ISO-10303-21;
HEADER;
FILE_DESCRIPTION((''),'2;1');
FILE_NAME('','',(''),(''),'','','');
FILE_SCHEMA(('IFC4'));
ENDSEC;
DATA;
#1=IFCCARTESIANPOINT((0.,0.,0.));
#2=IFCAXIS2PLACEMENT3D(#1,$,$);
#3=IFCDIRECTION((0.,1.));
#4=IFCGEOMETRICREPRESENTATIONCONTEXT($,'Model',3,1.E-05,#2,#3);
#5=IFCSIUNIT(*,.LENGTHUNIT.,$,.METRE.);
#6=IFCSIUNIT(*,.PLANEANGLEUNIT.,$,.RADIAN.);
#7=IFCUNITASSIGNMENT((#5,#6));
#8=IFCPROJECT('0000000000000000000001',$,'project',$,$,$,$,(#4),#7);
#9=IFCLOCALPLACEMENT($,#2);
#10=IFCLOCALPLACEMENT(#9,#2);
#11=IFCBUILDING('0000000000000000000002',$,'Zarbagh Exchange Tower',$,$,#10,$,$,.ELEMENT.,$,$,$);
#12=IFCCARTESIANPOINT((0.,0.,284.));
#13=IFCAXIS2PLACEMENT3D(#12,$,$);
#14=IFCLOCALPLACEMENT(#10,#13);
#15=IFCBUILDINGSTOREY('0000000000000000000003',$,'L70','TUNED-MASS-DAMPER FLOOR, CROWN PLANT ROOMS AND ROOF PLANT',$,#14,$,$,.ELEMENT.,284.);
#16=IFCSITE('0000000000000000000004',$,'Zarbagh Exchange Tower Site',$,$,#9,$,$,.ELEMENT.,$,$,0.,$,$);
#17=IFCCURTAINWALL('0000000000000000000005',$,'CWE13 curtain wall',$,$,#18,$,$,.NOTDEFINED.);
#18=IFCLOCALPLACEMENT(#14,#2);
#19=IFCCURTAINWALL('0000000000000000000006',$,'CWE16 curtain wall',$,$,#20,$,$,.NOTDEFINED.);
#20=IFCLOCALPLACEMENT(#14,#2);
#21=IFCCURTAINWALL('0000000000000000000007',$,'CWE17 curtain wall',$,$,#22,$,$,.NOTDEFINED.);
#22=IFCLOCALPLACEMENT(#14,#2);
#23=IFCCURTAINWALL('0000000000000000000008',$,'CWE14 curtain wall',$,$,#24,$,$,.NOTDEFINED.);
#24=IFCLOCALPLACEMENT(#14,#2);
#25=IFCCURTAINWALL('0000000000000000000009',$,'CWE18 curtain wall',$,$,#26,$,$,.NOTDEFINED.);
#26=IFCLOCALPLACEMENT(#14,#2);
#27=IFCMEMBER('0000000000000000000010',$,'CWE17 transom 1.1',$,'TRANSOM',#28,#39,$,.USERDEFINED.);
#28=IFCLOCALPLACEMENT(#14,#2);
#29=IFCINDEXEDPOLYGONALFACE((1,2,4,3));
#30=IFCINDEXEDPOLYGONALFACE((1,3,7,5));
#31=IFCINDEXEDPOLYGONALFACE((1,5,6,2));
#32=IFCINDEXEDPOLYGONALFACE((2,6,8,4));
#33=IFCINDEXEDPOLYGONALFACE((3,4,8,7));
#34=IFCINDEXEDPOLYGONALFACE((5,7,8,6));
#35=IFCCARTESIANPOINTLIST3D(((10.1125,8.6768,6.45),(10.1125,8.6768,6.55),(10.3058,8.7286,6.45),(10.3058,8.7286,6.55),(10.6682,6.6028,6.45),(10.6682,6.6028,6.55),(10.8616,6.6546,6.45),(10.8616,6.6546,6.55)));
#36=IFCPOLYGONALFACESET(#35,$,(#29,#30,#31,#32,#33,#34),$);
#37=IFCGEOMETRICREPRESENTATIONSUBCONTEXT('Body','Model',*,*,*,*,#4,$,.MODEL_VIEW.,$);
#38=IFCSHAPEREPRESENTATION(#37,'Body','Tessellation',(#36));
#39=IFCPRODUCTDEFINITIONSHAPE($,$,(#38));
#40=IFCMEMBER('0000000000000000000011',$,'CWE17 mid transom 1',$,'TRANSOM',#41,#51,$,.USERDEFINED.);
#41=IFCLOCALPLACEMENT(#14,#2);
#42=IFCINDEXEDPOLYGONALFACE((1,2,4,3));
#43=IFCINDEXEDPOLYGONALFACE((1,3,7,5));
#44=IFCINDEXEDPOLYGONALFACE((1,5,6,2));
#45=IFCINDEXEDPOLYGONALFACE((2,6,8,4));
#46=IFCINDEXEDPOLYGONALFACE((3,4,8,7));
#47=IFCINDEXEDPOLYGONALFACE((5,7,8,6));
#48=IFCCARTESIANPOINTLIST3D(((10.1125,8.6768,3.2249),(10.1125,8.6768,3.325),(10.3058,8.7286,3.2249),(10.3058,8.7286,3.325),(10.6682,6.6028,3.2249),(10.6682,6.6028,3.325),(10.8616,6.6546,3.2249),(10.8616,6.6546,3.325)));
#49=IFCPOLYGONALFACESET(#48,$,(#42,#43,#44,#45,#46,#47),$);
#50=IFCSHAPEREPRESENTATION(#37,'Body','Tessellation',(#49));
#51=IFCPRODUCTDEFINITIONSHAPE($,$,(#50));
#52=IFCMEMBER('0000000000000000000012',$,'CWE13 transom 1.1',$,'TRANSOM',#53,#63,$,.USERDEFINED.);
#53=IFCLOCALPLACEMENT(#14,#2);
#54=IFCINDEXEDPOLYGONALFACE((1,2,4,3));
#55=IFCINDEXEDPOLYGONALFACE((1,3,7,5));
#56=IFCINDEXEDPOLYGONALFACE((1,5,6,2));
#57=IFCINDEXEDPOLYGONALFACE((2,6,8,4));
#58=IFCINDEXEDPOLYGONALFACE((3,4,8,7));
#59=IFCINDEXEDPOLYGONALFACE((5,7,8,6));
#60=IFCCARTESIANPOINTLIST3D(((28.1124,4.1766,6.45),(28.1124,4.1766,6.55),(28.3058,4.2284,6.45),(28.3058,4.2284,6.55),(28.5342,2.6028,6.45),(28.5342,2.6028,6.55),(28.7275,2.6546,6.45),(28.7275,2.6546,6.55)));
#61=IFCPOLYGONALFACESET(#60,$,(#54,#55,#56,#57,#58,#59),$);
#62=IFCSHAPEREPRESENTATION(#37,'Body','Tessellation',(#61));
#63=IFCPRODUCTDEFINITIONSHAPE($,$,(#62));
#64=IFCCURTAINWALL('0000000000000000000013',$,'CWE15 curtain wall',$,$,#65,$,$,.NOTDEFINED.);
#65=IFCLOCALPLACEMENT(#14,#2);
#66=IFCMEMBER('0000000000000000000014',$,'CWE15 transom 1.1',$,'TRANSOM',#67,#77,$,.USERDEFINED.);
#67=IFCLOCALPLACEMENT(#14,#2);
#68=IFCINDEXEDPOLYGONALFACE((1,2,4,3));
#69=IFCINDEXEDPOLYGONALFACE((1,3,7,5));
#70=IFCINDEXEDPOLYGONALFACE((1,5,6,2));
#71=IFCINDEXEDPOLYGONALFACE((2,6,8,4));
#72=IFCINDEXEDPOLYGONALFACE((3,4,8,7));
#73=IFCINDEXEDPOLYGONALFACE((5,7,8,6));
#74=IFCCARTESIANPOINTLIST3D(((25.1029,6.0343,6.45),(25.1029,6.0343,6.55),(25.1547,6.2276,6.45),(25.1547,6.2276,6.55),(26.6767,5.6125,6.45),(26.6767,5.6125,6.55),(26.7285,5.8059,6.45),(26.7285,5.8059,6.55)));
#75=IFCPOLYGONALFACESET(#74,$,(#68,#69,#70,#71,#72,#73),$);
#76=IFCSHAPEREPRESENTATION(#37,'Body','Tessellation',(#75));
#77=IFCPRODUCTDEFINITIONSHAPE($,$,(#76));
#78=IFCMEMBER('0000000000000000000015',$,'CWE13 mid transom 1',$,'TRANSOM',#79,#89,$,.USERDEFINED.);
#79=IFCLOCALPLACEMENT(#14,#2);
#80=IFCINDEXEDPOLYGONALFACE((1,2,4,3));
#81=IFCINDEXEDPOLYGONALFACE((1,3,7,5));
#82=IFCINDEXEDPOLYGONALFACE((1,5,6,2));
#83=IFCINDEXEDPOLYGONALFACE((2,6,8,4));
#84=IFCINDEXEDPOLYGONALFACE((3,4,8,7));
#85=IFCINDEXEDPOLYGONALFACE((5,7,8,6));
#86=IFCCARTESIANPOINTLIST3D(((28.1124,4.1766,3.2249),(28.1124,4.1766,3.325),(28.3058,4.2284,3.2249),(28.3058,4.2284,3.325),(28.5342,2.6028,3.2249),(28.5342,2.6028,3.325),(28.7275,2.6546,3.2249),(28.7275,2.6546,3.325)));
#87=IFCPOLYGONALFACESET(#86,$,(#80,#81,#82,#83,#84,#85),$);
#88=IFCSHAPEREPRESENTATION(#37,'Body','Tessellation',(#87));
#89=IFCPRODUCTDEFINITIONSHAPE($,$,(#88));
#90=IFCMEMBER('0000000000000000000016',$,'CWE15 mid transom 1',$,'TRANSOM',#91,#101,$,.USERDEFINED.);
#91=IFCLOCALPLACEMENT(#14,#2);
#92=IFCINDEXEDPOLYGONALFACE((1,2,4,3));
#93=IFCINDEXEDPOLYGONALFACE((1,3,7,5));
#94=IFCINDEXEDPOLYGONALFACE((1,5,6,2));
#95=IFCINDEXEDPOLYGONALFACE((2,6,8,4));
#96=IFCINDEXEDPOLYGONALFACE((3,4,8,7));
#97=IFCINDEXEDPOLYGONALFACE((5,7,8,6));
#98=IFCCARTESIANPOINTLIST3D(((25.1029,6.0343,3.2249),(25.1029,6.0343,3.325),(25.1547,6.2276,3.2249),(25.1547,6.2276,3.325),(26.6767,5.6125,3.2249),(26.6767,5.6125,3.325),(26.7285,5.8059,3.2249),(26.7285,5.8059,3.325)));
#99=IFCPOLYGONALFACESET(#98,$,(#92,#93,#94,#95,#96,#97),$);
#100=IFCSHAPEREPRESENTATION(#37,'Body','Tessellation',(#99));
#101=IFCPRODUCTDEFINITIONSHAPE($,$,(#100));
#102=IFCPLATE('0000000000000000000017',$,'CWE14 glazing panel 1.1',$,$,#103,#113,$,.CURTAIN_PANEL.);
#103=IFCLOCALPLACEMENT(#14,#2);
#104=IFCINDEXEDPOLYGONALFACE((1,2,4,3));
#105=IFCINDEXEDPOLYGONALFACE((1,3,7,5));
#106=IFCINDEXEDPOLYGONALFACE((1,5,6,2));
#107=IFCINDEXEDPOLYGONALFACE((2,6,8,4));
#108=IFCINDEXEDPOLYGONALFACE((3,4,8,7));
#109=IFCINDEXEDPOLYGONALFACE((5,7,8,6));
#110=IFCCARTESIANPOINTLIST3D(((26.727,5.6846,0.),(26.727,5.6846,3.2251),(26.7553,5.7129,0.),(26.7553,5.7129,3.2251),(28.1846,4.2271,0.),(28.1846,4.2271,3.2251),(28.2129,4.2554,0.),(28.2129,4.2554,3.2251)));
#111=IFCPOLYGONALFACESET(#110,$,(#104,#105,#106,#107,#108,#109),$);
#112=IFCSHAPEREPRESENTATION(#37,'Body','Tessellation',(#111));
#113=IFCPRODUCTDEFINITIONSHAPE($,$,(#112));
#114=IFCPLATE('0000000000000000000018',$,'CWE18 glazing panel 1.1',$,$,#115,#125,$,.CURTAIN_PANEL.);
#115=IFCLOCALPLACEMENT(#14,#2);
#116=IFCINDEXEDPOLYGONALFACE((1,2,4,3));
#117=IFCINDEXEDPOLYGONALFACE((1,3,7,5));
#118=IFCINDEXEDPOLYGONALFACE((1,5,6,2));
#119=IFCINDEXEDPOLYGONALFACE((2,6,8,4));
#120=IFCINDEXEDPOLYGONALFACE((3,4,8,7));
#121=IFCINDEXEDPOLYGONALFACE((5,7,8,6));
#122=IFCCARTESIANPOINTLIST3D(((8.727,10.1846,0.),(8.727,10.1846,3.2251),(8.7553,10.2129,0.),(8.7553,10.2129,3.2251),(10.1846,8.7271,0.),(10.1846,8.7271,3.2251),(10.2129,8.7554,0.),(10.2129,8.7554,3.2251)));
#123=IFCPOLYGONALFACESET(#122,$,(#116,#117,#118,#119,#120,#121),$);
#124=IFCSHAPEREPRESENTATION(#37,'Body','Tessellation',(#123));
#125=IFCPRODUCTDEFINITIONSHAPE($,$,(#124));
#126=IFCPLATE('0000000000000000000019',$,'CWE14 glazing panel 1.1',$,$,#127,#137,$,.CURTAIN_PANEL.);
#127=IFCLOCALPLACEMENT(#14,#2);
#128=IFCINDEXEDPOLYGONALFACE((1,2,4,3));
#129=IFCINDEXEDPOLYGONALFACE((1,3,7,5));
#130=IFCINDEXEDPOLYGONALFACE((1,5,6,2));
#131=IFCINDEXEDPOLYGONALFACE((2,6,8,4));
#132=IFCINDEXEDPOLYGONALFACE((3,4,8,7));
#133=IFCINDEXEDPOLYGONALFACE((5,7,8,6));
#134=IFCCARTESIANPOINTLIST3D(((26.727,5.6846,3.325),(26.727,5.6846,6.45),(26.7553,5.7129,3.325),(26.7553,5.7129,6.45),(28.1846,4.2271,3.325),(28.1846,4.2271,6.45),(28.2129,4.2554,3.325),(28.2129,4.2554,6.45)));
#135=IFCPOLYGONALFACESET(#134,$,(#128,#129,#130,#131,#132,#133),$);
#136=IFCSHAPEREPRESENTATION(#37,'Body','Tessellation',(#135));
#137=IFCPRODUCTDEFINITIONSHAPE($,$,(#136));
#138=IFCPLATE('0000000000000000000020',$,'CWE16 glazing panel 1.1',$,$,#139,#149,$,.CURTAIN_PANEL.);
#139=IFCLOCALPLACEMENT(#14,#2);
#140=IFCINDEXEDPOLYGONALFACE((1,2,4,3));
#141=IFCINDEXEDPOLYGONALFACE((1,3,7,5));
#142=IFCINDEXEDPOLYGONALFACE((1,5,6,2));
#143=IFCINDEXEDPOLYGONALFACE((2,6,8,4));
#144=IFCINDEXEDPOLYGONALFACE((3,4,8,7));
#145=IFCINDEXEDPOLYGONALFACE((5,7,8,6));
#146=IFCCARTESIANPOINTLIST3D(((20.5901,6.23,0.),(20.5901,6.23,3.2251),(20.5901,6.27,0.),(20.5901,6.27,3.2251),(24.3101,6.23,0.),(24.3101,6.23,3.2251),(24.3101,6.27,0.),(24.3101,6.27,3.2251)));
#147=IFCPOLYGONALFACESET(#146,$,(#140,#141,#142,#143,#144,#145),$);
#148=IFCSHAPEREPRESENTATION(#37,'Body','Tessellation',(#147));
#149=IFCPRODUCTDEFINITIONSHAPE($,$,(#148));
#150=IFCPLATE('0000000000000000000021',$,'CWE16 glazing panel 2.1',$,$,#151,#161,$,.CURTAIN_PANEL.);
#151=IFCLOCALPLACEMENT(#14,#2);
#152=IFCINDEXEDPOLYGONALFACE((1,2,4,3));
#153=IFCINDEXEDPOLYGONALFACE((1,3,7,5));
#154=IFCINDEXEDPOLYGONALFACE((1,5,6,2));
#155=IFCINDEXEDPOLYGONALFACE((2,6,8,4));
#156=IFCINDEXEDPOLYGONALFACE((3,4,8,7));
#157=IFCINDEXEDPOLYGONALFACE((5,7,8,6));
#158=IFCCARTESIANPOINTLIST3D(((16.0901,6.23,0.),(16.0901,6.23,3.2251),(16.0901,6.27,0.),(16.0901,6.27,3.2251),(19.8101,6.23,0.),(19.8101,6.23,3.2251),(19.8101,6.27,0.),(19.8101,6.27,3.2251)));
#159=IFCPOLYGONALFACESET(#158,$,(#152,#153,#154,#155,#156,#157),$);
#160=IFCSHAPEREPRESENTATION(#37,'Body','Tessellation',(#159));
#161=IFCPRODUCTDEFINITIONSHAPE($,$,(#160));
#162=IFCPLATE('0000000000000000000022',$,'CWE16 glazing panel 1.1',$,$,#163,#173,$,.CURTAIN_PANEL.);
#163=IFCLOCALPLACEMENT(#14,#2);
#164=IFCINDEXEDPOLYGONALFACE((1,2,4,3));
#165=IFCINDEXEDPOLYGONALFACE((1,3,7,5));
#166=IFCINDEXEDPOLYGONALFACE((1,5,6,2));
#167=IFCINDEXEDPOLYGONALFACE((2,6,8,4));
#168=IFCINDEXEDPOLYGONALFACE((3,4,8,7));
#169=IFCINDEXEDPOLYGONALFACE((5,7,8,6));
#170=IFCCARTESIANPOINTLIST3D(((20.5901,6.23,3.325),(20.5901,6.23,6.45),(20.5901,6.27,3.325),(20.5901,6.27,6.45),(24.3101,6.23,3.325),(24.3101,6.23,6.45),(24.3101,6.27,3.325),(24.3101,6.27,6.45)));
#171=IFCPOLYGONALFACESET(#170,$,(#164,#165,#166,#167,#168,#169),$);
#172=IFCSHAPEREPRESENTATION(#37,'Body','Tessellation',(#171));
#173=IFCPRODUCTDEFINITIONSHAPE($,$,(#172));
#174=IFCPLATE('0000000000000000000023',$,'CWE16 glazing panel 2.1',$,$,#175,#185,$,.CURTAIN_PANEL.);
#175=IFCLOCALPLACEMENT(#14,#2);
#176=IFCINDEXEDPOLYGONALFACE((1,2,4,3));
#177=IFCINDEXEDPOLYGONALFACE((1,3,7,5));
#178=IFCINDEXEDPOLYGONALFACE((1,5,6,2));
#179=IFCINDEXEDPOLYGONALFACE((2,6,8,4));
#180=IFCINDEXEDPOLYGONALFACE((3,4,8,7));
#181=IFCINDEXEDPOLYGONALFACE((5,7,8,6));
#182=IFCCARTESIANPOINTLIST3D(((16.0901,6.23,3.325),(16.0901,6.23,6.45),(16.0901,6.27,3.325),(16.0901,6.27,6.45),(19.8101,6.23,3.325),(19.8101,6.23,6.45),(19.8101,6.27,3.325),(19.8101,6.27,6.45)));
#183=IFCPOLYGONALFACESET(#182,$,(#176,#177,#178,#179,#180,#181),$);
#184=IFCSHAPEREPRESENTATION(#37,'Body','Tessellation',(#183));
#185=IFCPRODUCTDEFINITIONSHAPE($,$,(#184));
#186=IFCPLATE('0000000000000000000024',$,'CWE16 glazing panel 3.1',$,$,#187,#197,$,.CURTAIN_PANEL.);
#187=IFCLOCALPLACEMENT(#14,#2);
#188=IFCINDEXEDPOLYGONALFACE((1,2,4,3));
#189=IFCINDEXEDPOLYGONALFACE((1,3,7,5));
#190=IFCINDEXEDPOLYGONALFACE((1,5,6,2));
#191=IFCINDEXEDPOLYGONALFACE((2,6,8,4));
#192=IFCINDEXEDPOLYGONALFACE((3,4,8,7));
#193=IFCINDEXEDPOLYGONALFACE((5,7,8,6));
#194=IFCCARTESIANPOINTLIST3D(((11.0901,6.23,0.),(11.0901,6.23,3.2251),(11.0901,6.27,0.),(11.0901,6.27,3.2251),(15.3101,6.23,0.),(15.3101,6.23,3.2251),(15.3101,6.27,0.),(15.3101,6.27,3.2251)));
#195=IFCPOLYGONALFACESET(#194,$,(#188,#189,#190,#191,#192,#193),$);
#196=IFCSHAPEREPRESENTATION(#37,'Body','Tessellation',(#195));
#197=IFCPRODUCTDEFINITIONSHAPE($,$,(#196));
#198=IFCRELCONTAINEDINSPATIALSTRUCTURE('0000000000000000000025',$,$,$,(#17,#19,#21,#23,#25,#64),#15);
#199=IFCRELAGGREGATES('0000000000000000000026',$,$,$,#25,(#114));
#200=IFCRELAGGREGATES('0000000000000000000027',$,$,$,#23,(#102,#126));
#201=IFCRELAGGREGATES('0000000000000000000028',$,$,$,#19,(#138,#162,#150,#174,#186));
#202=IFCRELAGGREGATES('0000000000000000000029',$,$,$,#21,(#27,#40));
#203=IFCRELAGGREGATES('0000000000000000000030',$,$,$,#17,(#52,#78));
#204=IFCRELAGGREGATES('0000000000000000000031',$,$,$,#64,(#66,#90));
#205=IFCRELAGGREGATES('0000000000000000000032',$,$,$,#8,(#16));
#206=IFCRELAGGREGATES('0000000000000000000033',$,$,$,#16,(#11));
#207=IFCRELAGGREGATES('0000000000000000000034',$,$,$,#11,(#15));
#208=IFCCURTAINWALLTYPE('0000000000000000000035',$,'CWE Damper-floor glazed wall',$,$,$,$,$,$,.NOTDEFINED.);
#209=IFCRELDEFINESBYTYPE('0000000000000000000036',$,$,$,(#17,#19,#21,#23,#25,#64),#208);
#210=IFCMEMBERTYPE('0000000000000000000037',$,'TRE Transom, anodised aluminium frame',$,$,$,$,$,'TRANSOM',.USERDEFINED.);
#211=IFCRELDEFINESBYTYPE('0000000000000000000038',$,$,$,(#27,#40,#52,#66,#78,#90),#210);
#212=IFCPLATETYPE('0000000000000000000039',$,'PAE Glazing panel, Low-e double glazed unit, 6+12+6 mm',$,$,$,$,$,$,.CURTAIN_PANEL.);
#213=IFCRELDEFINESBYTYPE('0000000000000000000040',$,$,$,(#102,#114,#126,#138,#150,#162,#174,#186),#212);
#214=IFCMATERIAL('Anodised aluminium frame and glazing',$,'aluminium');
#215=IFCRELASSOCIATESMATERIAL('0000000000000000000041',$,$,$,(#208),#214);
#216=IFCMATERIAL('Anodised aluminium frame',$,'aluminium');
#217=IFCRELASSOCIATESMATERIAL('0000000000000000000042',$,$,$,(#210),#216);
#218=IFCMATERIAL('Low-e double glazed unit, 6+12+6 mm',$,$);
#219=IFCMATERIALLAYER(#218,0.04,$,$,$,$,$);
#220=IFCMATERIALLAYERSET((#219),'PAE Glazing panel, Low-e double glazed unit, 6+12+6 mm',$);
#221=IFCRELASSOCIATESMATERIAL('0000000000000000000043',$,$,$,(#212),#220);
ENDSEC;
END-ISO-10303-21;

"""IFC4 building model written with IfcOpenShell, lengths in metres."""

from ifc_helpers import new_model, si_unit, direction, frame, origin, place, context, subcontext, project, spatial, polyline, outline, extrude, source, transform, mapped, material, layer, layer_set, type_object, element, aggregate, save


model = new_model("IFC4")

# Units and contexts
model_context = context("Model", 3, precision=1e-05, world=origin(), true_north=direction((0.0, 1.0)))
body_context = subcontext(model_context, "Body", "Model", "MODEL_VIEW")
ifc_project = project(units=[si_unit("LENGTHUNIT", "METRE"), si_unit("PLANEANGLEUNIT", "RADIAN")], contexts=[model_context])

# Site, building, storey
site_placement = place(None, origin())
site = spatial("IfcSite", under=ifc_project, at=site_placement, Name="Zarbagh Exchange Tower Site", CompositionType="ELEMENT", RefElevation=0.0)
building_placement = place(site_placement, origin())
building = spatial("IfcBuilding", under=site, at=building_placement, Name="Zarbagh Exchange Tower", CompositionType="ELEMENT")
storey_placement = place(building_placement, frame((0.0, 0.0, 284.0)))
storey = spatial("IfcBuildingStorey", under=building, at=storey_placement, Name="L70", Description="TUNED-MASS-DAMPER FLOOR, CROWN PLANT ROOMS AND ROOF PLANT", CompositionType="ELEMENT", Elevation=284.0)

# Curtain wall
ifc_material_1 = material(Name="Anodised aluminium frame and glazing", Category="aluminium")
curtain_wall_type = type_object("IfcCurtainWallType", Name="CWE Damper-floor glazed wall", PredefinedType="NOTDEFINED", material=ifc_material_1)
curtain_wall_1_placement = place(storey_placement, origin())
curtain_wall_1 = element("IfcCurtainWall", 1, at=curtain_wall_1_placement, inside=storey, type_object=curtain_wall_type, Name="CWE13 curtain wall", PredefinedType="NOTDEFINED")
ifc_material_2 = material(Name="Anodised aluminium frame", Category="aluminium")
placement = place(storey_placement, origin())

# Curtain wall
curtain_wall_2_placement = place(storey_placement, origin())
curtain_wall_2 = element("IfcCurtainWall", 2, at=curtain_wall_2_placement, inside=storey, type_object=curtain_wall_type, Name="CWE16 curtain wall", PredefinedType="NOTDEFINED")

# Curtain walls
curtain_wall_3_placement = place(storey_placement, origin())
curtain_wall_3 = element("IfcCurtainWall", 3, at=curtain_wall_3_placement, inside=storey, type_object=curtain_wall_type, Name="CWE17 curtain wall", PredefinedType="NOTDEFINED")
curtain_wall_4_placement = place(storey_placement, origin())
curtain_wall_4 = element("IfcCurtainWall", 4, at=curtain_wall_4_placement, inside=storey, type_object=curtain_wall_type, Name="CWE14 curtain wall", PredefinedType="NOTDEFINED")
member_type_1 = type_object("IfcMemberType", Name="TRE Transom, anodised aluminium frame", ElementType="TRANSOM", PredefinedType="USERDEFINED", material=ifc_material_2)
curtain_wall_5_placement = place(storey_placement, origin())
curtain_wall_5 = element("IfcCurtainWall", 5, at=curtain_wall_5_placement, inside=storey, type_object=curtain_wall_type, Name="CWE18 curtain wall", PredefinedType="NOTDEFINED")

# Members
shared_shape_1 = source(origin(), body_context, "Body", "SweptSolid", [
    extrude(outline(polyline([(-0.1001, -0.1001), (0.0, -0.1001), (0.0, 0.1001), (-0.1001, 0.1001), (-0.1001, -0.1001)])), origin(), (0.0, 0.0, 1.0), 2.1472),
])
member_1 = element("IfcMember", 6, at=placement, type_object=member_type_1, Name="CWE17 transom 1.1", ObjectType="TRANSOM", PredefinedType="USERDEFINED", context=body_context, shape_type="MappedRepresentation", body=[
    mapped(shared_shape_1, transform((10.7649, 6.6287, 6.55), x_axis=(0.0, 0.0, 1.0), y_axis=(0.965924, 0.258825, 0.0), z_axis=(-0.258825, 0.965924, 0.0))),
])
shared_shape_2 = source(origin(), body_context, "Body", "SweptSolid", [
    extrude(outline(polyline([(-0.05, -0.1001), (0.05, -0.1001), (0.05, 0.1001), (-0.05, 0.1001), (-0.05, -0.1001)])), origin(), (0.0, 0.0, 1.0), 2.1472),
])
member_2 = element("IfcMember", 7, at=placement, type_object=member_type_1, Name="CWE17 mid transom 1", ObjectType="TRANSOM", PredefinedType="USERDEFINED", context=body_context, shape_type="MappedRepresentation", body=[
    mapped(shared_shape_2, transform((10.7649, 6.6287, 3.2749), x_axis=(0.0, 0.0, 1.0), y_axis=(0.965924, 0.258825, 0.0), z_axis=(-0.258825, 0.965924, 0.0))),
])
shared_shape_3 = source(origin(), body_context, "Body", "SweptSolid", [
    extrude(outline(polyline([(-0.1001, -0.1001), (0.0, -0.1001), (0.0, 0.1001), (-0.1001, 0.1001), (-0.1001, -0.1001)])), origin(), (0.0, 0.0, 1.0), 1.6294),
])
member_3 = element("IfcMember", 8, at=placement, type_object=member_type_1, Name="CWE13 transom 1.1", ObjectType="TRANSOM", PredefinedType="USERDEFINED", context=body_context, shape_type="MappedRepresentation", body=[
    mapped(shared_shape_3, transform((28.6309, 2.6287, 6.55), x_axis=(0.0, 0.0, 1.0), y_axis=(0.965924, 0.258825, 0.0), z_axis=(-0.258825, 0.965924, 0.0))),
])

# Curtain wall, member
curtain_wall_6_placement = place(storey_placement, origin())
curtain_wall_6 = element("IfcCurtainWall", 9, at=curtain_wall_6_placement, inside=storey, type_object=curtain_wall_type, Name="CWE15 curtain wall", PredefinedType="NOTDEFINED")
member_4 = element("IfcMember", 10, at=placement, type_object=member_type_1, Name="CWE15 transom 1.1", ObjectType="TRANSOM", PredefinedType="USERDEFINED", context=body_context, shape_type="MappedRepresentation", body=[
    mapped(shared_shape_3, transform((26.7026, 5.7092, 6.55), x_axis=(0.0, 0.0, 1.0), y_axis=(0.258825, 0.965924, 0.0), z_axis=(-0.965924, 0.258825, 0.0))),
])

# Members
shared_shape_4 = source(origin(), body_context, "Body", "SweptSolid", [
    extrude(outline(polyline([(-0.05, -0.1001), (0.05, -0.1001), (0.05, 0.1001), (-0.05, 0.1001), (-0.05, -0.1001)])), origin(), (0.0, 0.0, 1.0), 1.6294),
])
member_5 = element("IfcMember", 11, at=placement, type_object=member_type_1, Name="CWE13 mid transom 1", ObjectType="TRANSOM", PredefinedType="USERDEFINED", context=body_context, shape_type="MappedRepresentation", body=[
    mapped(shared_shape_4, transform((28.6309, 2.6287, 3.2749), x_axis=(0.0, 0.0, 1.0), y_axis=(0.965924, 0.258825, 0.0), z_axis=(-0.258825, 0.965924, 0.0))),
])
member_6 = element("IfcMember", 12, at=placement, type_object=member_type_1, Name="CWE15 mid transom 1", ObjectType="TRANSOM", PredefinedType="USERDEFINED", context=body_context, shape_type="MappedRepresentation", body=[
    mapped(shared_shape_4, transform((26.7026, 5.7092, 3.2749), x_axis=(0.0, 0.0, 1.0), y_axis=(0.258825, 0.965924, 0.0), z_axis=(-0.965924, 0.258825, 0.0))),
])

# Plates
ifc_material_3 = material(Name="Low-e double glazed unit, 6+12+6 mm")
ifc_layer = layer(ifc_material_3, 0.04)
ifc_layer_set = layer_set([ifc_layer], Name="PAE Glazing panel, Low-e double glazed unit, 6+12+6 mm")
plate_type = type_object("IfcPlateType", Name="PAE Glazing panel, Low-e double glazed unit, 6+12+6 mm", PredefinedType="CURTAIN_PANEL", material=ifc_layer_set)
shared_shape_5 = source(origin(), body_context, "Body", "SweptSolid", [
    extrude(outline(polyline([(0.0, -0.02), (2.0613, -0.02), (2.0613, 0.02), (0.0, 0.02), (0.0, -0.02)])), origin(), (0.0, 0.0, 1.0), 3.2251),
])
plate_1 = element("IfcPlate", 13, at=placement, type_object=plate_type, Name="CWE14 glazing panel 1.1", PredefinedType="CURTAIN_PANEL", context=body_context, shape_type="MappedRepresentation", body=[
    mapped(shared_shape_5, transform((28.1987, 4.2412, 0.0), x_axis=(-0.707107, 0.707107, 0.0), y_axis=(-0.707107, -0.707107, 0.0), z_axis=(0.0, 0.0, 1.0))),
])
plate_2 = element("IfcPlate", 14, at=placement, type_object=plate_type, Name="CWE18 glazing panel 1.1", PredefinedType="CURTAIN_PANEL", context=body_context, shape_type="MappedRepresentation", body=[
    mapped(shared_shape_5, transform((10.1987, 8.7412, 0.0), x_axis=(-0.707107, 0.707107, 0.0), y_axis=(-0.707107, -0.707107, 0.0), z_axis=(0.0, 0.0, 1.0))),
])
aggregate(curtain_wall_5, [plate_2])
shared_shape_6 = source(origin(), body_context, "Body", "SweptSolid", [
    extrude(outline(polyline([(0.0, -0.02), (2.0613, -0.02), (2.0613, 0.02), (0.0, 0.02), (0.0, -0.02)])), origin(), (0.0, 0.0, 1.0), 3.125),
])
plate_3 = element("IfcPlate", 15, at=placement, type_object=plate_type, Name="CWE14 glazing panel 1.1", PredefinedType="CURTAIN_PANEL", context=body_context, shape_type="MappedRepresentation", body=[
    mapped(shared_shape_6, transform((28.1987, 4.2412, 3.325), x_axis=(-0.707107, 0.707107, 0.0), y_axis=(-0.707107, -0.707107, 0.0), z_axis=(0.0, 0.0, 1.0))),
])
aggregate(curtain_wall_4, [plate_1, plate_3])
shared_shape_7 = source(origin(), body_context, "Body", "SweptSolid", [
    extrude(outline(polyline([(0.0, -0.02), (3.72, -0.02), (3.72, 0.02), (0.0, 0.02), (0.0, -0.02)])), origin(), (0.0, 0.0, 1.0), 3.2251),
])
plate_4 = element("IfcPlate", 16, at=placement, type_object=plate_type, Name="CWE16 glazing panel 1.1", PredefinedType="CURTAIN_PANEL", context=body_context, shape_type="MappedRepresentation", body=[
    mapped(shared_shape_7, transform((24.3101, 6.25, 0.0), x_axis=(-1.0, 0.0, 0.0), y_axis=(0.0, -1.0, 0.0), z_axis=(0.0, 0.0, 1.0))),
])
plate_5 = element("IfcPlate", 17, at=placement, type_object=plate_type, Name="CWE16 glazing panel 2.1", PredefinedType="CURTAIN_PANEL", context=body_context, shape_type="MappedRepresentation", body=[
    mapped(shared_shape_7, transform((19.8101, 6.25, 0.0), x_axis=(-1.0, 0.0, 0.0), y_axis=(0.0, -1.0, 0.0), z_axis=(0.0, 0.0, 1.0))),
])
shared_shape_8 = source(origin(), body_context, "Body", "SweptSolid", [
    extrude(outline(polyline([(0.0, -0.02), (3.72, -0.02), (3.72, 0.02), (0.0, 0.02), (0.0, -0.02)])), origin(), (0.0, 0.0, 1.0), 3.125),
])
plate_6 = element("IfcPlate", 18, at=placement, type_object=plate_type, Name="CWE16 glazing panel 1.1", PredefinedType="CURTAIN_PANEL", context=body_context, shape_type="MappedRepresentation", body=[
    mapped(shared_shape_8, transform((24.3101, 6.25, 3.325), x_axis=(-1.0, 0.0, 0.0), y_axis=(0.0, -1.0, 0.0), z_axis=(0.0, 0.0, 1.0))),
])
plate_7 = element("IfcPlate", 19, at=placement, type_object=plate_type, Name="CWE16 glazing panel 2.1", PredefinedType="CURTAIN_PANEL", context=body_context, shape_type="MappedRepresentation", body=[
    mapped(shared_shape_8, transform((19.8101, 6.25, 3.325), x_axis=(-1.0, 0.0, 0.0), y_axis=(0.0, -1.0, 0.0), z_axis=(0.0, 0.0, 1.0))),
])
shared_shape_9 = source(origin(), body_context, "Body", "SweptSolid", [
    extrude(outline(polyline([(0.0, -0.02), (4.22, -0.02), (4.22, 0.02), (0.0, 0.02), (0.0, -0.02)])), origin(), (0.0, 0.0, 1.0), 3.2251),
])
plate_8 = element("IfcPlate", 20, at=placement, type_object=plate_type, Name="CWE16 glazing panel 3.1", PredefinedType="CURTAIN_PANEL", context=body_context, shape_type="MappedRepresentation", body=[
    mapped(shared_shape_9, transform((15.3101, 6.25, 0.0), x_axis=(-1.0, 0.0, 0.0), y_axis=(0.0, -1.0, 0.0), z_axis=(0.0, 0.0, 1.0))),
])
aggregate(curtain_wall_2, [plate_4, plate_6, plate_5, plate_7, plate_8])
aggregate(curtain_wall_3, [member_1, member_2])
aggregate(curtain_wall_1, [member_3, member_5])
aggregate(curtain_wall_6, [member_4, member_6])

save(model, "model.ifc")
